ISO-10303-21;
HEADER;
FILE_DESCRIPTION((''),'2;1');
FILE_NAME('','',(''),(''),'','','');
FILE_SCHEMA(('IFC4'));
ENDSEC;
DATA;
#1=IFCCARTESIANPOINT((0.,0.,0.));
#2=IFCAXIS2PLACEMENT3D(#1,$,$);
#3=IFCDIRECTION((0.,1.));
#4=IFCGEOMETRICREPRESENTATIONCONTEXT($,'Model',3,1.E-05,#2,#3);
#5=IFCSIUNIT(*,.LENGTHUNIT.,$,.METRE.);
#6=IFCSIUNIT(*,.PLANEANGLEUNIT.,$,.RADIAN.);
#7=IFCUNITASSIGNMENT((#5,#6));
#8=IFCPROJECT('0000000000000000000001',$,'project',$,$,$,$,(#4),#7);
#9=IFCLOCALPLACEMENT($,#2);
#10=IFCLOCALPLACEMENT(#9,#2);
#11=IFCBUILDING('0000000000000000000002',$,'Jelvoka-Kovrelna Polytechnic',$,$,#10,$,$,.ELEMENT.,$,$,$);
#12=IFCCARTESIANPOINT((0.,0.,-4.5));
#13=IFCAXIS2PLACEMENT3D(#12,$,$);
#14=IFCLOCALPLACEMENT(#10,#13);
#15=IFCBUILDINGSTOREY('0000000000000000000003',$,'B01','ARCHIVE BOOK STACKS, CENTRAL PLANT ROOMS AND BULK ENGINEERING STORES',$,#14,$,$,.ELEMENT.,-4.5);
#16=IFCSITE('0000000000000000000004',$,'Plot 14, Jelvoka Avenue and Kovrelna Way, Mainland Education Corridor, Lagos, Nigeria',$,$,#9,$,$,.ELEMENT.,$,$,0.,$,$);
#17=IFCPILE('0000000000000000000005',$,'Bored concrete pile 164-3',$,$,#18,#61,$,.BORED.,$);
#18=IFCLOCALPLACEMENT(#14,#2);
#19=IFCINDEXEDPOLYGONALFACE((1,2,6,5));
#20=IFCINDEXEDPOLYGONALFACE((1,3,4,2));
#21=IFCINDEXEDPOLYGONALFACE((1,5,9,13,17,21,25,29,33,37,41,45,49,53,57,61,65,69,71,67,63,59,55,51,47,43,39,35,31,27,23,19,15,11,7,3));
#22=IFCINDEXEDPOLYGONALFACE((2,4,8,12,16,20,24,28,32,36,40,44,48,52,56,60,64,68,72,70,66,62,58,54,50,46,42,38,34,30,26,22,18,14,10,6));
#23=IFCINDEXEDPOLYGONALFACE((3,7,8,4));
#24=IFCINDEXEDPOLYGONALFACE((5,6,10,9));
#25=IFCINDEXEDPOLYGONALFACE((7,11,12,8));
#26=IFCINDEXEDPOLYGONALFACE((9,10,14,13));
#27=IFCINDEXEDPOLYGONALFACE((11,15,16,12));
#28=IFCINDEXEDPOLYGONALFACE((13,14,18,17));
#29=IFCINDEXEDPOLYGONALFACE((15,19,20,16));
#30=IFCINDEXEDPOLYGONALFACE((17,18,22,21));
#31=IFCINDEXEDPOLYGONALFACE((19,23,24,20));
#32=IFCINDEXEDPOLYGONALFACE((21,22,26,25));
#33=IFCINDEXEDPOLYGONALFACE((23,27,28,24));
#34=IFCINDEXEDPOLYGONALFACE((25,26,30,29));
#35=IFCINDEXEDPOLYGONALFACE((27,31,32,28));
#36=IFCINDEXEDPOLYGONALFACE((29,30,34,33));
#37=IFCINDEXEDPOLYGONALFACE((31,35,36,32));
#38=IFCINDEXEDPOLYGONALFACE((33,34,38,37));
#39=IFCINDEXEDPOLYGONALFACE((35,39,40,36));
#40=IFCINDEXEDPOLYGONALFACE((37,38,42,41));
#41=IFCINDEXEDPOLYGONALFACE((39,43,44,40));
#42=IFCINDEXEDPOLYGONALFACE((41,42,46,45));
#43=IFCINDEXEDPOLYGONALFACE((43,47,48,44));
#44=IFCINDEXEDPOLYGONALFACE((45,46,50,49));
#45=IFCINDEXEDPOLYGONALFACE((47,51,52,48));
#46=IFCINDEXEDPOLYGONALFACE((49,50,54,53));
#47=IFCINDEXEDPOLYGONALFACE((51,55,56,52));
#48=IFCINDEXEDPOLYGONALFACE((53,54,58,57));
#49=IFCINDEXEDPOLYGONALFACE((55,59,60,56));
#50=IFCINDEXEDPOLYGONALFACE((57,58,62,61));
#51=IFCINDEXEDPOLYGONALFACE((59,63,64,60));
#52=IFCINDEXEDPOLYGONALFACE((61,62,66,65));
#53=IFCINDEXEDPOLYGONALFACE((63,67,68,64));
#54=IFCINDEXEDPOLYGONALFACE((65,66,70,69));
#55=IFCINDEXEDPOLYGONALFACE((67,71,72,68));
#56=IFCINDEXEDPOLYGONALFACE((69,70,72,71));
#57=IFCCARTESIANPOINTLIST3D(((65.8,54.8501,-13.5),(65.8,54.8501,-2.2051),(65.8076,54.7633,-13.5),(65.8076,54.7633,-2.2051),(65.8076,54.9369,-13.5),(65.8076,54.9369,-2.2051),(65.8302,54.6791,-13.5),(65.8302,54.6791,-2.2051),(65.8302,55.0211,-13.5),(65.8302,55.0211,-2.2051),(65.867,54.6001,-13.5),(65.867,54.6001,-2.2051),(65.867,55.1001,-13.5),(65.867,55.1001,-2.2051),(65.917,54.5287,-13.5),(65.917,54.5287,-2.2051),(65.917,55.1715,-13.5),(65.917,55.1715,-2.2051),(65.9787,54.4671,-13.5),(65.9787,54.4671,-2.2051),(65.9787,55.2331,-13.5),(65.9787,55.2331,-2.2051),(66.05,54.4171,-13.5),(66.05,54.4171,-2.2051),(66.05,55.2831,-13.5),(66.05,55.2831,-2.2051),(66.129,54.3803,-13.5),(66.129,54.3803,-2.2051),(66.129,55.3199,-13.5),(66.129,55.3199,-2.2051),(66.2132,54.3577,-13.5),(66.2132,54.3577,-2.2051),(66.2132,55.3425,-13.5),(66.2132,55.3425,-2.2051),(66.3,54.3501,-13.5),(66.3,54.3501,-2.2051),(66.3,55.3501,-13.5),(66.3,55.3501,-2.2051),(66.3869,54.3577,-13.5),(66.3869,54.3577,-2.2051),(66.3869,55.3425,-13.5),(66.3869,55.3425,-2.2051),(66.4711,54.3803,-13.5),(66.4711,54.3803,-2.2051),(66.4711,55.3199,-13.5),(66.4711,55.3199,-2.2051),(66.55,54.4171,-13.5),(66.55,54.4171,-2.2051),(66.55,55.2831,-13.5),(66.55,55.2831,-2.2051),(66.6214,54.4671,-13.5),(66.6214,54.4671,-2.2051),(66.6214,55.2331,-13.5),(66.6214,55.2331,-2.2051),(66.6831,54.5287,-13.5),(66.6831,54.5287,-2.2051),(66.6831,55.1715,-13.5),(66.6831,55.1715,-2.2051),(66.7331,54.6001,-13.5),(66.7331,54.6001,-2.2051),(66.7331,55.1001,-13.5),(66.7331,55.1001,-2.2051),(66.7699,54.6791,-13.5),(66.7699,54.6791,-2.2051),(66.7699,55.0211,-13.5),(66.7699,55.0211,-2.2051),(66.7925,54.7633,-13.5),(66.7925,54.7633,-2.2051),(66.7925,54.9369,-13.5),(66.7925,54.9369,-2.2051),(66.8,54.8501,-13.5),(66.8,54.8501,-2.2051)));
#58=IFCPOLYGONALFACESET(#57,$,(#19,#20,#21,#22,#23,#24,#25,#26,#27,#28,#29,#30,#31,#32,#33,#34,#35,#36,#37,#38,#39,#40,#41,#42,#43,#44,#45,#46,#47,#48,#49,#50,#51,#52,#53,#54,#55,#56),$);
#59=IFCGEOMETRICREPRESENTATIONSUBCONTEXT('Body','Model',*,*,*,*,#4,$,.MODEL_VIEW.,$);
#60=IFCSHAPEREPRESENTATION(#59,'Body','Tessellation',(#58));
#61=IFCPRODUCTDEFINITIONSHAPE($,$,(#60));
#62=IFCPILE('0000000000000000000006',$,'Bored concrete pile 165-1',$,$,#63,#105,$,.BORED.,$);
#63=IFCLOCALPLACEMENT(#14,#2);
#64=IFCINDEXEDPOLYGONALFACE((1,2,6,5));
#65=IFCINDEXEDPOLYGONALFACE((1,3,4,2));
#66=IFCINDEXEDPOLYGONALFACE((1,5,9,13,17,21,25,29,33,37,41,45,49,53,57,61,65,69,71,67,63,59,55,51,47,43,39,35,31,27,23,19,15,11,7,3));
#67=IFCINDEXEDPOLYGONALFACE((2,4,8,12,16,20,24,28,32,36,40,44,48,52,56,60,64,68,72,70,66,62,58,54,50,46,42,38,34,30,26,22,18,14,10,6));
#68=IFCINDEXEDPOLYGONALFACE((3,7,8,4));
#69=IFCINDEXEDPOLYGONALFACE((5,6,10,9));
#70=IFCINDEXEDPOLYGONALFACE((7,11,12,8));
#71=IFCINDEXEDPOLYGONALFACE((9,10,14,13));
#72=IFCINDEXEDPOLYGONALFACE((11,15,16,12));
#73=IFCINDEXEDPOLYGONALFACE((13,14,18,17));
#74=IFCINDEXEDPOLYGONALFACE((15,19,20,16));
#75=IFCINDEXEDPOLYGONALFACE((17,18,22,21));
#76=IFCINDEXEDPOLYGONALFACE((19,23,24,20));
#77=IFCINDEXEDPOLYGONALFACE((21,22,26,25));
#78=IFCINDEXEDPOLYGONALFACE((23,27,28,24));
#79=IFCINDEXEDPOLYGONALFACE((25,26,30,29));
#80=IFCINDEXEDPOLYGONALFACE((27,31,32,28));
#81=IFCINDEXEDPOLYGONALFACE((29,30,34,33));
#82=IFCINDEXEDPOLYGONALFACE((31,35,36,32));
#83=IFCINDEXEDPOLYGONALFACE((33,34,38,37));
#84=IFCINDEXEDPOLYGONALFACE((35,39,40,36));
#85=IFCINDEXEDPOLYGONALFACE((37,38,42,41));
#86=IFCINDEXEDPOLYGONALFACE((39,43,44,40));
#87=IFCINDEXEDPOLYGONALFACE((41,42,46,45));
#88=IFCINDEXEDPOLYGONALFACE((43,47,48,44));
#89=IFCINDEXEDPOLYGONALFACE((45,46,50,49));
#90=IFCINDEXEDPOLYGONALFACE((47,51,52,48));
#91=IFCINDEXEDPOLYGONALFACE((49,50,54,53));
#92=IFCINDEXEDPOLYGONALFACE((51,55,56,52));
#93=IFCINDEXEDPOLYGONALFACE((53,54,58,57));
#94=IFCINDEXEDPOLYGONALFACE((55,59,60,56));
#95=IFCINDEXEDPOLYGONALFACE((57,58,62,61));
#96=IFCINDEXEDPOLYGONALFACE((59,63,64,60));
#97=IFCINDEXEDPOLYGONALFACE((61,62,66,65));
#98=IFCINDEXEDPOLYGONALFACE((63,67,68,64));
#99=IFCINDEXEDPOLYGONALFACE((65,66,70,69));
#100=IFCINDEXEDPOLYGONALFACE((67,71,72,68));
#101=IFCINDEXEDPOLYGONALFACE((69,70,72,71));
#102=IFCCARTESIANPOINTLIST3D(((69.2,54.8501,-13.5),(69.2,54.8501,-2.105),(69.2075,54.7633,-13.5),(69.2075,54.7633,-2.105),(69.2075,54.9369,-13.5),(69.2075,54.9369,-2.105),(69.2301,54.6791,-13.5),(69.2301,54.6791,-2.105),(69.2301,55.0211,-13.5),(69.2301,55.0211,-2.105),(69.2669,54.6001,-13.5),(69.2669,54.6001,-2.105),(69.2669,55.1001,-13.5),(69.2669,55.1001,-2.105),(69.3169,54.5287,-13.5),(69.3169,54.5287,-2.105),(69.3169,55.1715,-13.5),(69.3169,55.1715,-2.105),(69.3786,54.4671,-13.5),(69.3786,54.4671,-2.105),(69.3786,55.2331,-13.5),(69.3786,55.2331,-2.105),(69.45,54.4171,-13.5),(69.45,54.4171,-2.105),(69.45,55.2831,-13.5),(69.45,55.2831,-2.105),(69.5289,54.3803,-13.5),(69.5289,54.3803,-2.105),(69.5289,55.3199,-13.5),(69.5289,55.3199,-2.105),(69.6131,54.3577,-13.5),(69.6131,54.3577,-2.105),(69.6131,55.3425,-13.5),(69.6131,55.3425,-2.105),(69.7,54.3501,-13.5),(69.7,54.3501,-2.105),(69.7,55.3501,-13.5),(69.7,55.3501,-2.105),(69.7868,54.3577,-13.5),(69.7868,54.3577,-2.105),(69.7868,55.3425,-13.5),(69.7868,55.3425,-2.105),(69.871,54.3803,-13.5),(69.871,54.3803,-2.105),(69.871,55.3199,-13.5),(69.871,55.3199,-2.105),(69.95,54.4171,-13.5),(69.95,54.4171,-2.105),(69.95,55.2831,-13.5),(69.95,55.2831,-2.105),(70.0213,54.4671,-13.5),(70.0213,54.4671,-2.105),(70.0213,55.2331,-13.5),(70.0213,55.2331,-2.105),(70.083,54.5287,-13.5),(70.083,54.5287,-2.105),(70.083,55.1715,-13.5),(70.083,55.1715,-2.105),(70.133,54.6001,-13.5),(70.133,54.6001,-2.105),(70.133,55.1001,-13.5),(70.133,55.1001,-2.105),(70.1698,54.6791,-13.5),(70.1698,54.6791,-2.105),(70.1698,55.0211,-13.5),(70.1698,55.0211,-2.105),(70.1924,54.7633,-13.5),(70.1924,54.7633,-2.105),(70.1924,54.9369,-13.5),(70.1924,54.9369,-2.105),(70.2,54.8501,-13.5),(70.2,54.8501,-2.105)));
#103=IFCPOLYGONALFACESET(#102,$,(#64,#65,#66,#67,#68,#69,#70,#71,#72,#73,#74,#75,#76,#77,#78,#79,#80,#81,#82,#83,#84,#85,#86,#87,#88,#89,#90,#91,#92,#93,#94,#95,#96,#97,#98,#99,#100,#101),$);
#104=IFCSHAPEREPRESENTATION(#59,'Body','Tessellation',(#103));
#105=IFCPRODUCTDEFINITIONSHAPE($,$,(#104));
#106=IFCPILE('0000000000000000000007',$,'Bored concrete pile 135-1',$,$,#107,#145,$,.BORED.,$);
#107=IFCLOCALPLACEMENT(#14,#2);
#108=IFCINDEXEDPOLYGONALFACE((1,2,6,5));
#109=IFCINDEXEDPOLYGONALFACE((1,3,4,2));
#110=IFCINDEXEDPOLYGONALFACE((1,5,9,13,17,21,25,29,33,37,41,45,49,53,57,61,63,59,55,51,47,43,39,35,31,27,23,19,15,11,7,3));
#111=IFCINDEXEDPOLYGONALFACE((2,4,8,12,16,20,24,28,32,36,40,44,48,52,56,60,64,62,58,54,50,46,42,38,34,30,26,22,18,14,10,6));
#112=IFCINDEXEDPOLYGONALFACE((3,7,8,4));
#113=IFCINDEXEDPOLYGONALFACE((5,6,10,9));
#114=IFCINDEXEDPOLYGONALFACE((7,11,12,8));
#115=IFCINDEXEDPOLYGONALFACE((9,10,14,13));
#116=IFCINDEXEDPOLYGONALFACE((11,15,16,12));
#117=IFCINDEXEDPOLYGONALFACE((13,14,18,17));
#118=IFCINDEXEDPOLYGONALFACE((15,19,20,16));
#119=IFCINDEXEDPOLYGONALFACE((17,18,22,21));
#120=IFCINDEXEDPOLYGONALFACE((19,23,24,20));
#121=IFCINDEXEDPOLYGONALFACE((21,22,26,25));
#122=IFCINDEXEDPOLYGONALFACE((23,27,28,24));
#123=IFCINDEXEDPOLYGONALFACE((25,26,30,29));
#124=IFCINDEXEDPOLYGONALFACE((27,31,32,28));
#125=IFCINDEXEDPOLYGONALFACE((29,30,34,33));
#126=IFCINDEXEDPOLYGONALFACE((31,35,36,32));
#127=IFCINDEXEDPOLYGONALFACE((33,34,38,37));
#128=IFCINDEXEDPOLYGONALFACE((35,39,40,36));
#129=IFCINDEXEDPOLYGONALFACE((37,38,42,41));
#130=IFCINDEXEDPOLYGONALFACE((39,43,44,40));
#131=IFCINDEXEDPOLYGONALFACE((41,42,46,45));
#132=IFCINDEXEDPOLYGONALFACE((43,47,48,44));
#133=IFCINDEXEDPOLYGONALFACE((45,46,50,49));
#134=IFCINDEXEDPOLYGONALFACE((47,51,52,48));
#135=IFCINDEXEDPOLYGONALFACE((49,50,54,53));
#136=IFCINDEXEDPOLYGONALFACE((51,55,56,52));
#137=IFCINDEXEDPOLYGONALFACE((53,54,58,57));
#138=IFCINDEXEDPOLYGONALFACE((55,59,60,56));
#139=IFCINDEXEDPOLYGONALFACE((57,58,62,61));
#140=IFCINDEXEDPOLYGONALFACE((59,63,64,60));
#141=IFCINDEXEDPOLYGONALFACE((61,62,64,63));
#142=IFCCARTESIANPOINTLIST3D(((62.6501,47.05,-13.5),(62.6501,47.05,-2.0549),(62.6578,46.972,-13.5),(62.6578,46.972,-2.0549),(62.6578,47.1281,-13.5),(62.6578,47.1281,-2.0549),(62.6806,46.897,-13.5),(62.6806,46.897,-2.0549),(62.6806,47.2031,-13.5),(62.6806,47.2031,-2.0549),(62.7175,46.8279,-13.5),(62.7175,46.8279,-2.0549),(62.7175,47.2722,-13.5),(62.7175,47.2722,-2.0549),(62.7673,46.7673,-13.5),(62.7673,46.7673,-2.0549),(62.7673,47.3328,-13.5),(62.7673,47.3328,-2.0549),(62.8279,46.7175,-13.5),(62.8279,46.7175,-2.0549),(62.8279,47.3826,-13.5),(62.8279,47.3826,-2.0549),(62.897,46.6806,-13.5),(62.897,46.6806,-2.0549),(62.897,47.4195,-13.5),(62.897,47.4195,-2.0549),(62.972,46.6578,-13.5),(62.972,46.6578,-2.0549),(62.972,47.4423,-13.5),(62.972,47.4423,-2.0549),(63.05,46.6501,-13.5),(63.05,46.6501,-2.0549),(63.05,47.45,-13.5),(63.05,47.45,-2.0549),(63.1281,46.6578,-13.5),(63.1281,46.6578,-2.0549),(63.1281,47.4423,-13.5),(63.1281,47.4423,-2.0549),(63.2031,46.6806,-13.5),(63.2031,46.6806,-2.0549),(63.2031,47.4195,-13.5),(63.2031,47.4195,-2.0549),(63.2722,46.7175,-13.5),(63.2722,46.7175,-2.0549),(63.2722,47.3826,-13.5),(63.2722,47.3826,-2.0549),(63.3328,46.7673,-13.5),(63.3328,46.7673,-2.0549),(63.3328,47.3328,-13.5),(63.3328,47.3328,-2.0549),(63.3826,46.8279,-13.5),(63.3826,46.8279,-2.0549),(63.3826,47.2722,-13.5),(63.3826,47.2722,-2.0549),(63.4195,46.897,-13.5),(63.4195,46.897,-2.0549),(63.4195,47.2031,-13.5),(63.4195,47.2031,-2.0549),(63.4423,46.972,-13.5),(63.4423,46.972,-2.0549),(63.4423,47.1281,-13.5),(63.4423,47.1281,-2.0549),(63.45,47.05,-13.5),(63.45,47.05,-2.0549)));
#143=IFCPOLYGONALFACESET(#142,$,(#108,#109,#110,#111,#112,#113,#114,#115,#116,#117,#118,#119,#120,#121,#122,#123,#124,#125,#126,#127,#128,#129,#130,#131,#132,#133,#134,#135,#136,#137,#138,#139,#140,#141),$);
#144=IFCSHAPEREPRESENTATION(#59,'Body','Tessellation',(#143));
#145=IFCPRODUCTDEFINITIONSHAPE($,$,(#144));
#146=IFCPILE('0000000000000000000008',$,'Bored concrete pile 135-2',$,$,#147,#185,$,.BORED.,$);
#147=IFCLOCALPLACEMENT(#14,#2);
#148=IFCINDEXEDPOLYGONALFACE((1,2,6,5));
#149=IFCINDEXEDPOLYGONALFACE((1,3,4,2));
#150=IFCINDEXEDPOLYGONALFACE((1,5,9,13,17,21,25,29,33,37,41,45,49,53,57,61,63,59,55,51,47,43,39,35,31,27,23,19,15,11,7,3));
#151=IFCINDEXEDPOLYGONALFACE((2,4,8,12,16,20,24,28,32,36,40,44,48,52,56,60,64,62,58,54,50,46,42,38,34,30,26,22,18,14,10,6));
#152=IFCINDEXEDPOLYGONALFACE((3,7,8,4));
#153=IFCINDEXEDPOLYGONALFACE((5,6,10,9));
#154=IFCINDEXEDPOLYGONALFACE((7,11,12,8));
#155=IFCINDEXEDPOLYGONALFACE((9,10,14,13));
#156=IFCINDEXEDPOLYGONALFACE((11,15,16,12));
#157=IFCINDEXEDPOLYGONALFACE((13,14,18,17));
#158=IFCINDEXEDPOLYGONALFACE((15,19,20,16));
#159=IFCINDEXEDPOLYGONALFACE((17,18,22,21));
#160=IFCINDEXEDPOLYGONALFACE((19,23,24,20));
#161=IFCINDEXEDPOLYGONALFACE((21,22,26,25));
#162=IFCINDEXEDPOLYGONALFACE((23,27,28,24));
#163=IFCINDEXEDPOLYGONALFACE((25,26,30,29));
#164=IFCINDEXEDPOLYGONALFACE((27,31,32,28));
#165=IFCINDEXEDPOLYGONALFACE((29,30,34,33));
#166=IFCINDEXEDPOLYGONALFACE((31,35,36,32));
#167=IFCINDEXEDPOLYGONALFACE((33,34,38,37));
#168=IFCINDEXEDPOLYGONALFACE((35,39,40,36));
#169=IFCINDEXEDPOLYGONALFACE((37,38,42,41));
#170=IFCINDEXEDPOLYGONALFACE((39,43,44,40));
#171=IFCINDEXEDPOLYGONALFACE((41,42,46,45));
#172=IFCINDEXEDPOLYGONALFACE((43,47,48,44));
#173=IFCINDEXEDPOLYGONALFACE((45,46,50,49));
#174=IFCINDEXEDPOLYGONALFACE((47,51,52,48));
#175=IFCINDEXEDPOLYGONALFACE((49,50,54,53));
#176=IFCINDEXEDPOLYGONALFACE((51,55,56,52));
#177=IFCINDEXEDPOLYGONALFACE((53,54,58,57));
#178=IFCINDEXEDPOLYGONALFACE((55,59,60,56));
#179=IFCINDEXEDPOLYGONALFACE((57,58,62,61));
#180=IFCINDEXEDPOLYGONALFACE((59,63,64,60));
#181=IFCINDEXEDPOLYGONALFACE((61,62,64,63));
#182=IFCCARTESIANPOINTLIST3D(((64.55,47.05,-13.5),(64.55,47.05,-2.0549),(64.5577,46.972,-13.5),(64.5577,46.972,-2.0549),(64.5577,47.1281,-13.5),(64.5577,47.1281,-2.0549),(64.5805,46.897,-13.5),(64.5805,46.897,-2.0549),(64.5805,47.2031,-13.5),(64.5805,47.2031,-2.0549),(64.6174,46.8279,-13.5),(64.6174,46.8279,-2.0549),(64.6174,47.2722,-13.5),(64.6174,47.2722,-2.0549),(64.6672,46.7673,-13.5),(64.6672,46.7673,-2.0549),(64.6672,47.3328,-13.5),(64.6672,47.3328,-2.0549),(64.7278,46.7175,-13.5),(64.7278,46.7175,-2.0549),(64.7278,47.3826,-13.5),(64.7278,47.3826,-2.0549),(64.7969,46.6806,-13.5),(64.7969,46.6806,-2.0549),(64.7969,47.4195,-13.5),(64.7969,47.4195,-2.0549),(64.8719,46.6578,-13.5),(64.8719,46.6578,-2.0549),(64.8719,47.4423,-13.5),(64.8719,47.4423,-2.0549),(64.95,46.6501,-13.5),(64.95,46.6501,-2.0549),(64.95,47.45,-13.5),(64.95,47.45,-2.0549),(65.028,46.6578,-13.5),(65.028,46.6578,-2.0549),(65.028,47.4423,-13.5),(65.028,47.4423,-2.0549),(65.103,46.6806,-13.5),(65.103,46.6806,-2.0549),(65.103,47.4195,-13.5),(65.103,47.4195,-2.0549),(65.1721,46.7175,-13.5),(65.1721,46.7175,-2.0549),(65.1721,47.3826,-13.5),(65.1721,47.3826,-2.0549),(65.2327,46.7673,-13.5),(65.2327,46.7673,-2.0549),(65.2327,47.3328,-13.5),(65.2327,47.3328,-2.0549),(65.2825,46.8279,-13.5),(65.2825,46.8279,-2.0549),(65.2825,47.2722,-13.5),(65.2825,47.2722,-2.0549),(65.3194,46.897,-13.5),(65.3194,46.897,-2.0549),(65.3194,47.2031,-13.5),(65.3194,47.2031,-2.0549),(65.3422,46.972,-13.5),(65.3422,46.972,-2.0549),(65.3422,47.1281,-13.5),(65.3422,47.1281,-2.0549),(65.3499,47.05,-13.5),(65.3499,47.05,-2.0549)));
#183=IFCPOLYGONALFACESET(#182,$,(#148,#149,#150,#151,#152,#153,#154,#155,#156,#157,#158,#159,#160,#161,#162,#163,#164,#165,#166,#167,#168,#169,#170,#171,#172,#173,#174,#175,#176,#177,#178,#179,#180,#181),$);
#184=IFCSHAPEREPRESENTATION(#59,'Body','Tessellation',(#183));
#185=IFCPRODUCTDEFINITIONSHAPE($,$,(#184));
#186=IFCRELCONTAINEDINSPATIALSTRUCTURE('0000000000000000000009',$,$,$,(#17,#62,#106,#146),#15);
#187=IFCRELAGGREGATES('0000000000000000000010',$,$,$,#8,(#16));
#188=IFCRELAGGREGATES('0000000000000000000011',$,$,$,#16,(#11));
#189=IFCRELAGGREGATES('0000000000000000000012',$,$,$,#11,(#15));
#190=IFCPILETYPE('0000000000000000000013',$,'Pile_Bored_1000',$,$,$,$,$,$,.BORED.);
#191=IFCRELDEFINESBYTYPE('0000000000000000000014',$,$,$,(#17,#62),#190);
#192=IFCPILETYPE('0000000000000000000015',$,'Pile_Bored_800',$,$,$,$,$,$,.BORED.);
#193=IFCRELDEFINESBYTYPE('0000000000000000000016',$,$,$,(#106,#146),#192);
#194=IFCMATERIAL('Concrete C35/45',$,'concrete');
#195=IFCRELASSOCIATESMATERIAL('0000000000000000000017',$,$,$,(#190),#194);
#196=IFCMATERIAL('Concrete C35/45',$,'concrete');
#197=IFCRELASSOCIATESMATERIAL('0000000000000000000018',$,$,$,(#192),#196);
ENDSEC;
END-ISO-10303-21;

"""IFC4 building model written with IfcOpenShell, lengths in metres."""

from ifc_helpers import new_model, si_unit, direction, frame, origin, origin_2d, place, context, subcontext, project, spatial, circle, extrude, material, material_profile, profile_set, type_object, element, save


model = new_model("IFC4")

# Units and contexts
model_context = context("Model", 3, precision=1e-05, world=origin(), true_north=direction((0.0, 1.0)))
body_context = subcontext(model_context, "Body", "Model", "MODEL_VIEW")
ifc_project = project(units=[si_unit("LENGTHUNIT", "METRE"), si_unit("PLANEANGLEUNIT", "RADIAN")], contexts=[model_context])

# Site, building, storey
site_placement = place(None, origin())
site = spatial("IfcSite", under=ifc_project, at=site_placement, Name="Plot 14, Jelvoka Avenue and Kovrelna Way, Mainland Education Corridor, Lagos, Nigeria", CompositionType="ELEMENT", RefElevation=0.0)
building_placement = place(site_placement, origin())
building = spatial("IfcBuilding", under=site, at=building_placement, Name="Jelvoka-Kovrelna Polytechnic", CompositionType="ELEMENT")
storey_placement = place(building_placement, frame((0.0, 0.0, -4.5)))
storey = spatial("IfcBuildingStorey", under=building, at=storey_placement, Name="B01", Description="ARCHIVE BOOK STACKS, CENTRAL PLANT ROOMS AND BULK ENGINEERING STORES", CompositionType="ELEMENT", Elevation=-4.5)

# Piles
ifc_material_1 = material(Name="Concrete C35/45", Category="concrete")
ifc_material_profile_1 = material_profile(ifc_material_1, circle(Radius=0.5, at=origin_2d()), Name="PILE D1000")
ifc_profile_set_1 = profile_set([ifc_material_profile_1], Name="Concrete C35/45")
pile_type_1 = type_object("IfcPileType", Name="Pile_Bored_1000", PredefinedType="BORED", material=ifc_profile_set_1)
for number, where, z_axis, x_axis, name in (
    (1, (66.3, 54.8501, -2.2051), (0.0, 0.0, -1.0), (1.0, 0.0, 0.0), "Bored concrete pile 164-3"),
):
    element("IfcPile", number, at=place(storey_placement, frame(where, z_axis=z_axis, x_axis=x_axis)), inside=storey, type_object=pile_type_1, Name=name, PredefinedType="BORED", context=body_context, shape_type="SweptSolid", body=[
        extrude(circle(Radius=0.5, at=origin_2d()), origin(), (0.0, 0.0, 1.0), 11.2949),
    ])
pile_placement = place(storey_placement, frame((69.7, 54.8501, -2.105), z_axis=(0.0, 0.0, -1.0), x_axis=(1.0, 0.0, 0.0)))
element("IfcPile", 2, at=pile_placement, inside=storey, type_object=pile_type_1, Name="Bored concrete pile 165-1", PredefinedType="BORED", context=body_context, shape_type="SweptSolid", body=[
    extrude(circle(Radius=0.5, at=origin_2d()), origin(), (0.0, 0.0, 1.0), 11.395),
])
ifc_material_2 = material(Name="Concrete C35/45", Category="concrete")
ifc_material_profile_2 = material_profile(ifc_material_2, circle(Radius=0.3999, at=origin_2d()), Name="PILE D800")
ifc_profile_set_2 = profile_set([ifc_material_profile_2], Name="Concrete C35/45")
pile_type_2 = type_object("IfcPileType", Name="Pile_Bored_800", PredefinedType="BORED", material=ifc_profile_set_2)
for number, where, z_axis, x_axis, name in (
    (3, (63.05, 47.05, -2.0549), (0.0, 0.0, -1.0), (1.0, 0.0, 0.0), "Bored concrete pile 135-1"),
    (4, (64.95, 47.05, -2.0549), (0.0, 0.0, -1.0), (1.0, 0.0, 0.0), "Bored concrete pile 135-2"),
):
    element("IfcPile", number, at=place(storey_placement, frame(where, z_axis=z_axis, x_axis=x_axis)), inside=storey, type_object=pile_type_2, Name=name, PredefinedType="BORED", context=body_context, shape_type="SweptSolid", body=[
        extrude(circle(Radius=0.3999, at=origin_2d()), origin(), (0.0, 0.0, 1.0), 11.4451),
    ])

save(model, "model.ifc")
